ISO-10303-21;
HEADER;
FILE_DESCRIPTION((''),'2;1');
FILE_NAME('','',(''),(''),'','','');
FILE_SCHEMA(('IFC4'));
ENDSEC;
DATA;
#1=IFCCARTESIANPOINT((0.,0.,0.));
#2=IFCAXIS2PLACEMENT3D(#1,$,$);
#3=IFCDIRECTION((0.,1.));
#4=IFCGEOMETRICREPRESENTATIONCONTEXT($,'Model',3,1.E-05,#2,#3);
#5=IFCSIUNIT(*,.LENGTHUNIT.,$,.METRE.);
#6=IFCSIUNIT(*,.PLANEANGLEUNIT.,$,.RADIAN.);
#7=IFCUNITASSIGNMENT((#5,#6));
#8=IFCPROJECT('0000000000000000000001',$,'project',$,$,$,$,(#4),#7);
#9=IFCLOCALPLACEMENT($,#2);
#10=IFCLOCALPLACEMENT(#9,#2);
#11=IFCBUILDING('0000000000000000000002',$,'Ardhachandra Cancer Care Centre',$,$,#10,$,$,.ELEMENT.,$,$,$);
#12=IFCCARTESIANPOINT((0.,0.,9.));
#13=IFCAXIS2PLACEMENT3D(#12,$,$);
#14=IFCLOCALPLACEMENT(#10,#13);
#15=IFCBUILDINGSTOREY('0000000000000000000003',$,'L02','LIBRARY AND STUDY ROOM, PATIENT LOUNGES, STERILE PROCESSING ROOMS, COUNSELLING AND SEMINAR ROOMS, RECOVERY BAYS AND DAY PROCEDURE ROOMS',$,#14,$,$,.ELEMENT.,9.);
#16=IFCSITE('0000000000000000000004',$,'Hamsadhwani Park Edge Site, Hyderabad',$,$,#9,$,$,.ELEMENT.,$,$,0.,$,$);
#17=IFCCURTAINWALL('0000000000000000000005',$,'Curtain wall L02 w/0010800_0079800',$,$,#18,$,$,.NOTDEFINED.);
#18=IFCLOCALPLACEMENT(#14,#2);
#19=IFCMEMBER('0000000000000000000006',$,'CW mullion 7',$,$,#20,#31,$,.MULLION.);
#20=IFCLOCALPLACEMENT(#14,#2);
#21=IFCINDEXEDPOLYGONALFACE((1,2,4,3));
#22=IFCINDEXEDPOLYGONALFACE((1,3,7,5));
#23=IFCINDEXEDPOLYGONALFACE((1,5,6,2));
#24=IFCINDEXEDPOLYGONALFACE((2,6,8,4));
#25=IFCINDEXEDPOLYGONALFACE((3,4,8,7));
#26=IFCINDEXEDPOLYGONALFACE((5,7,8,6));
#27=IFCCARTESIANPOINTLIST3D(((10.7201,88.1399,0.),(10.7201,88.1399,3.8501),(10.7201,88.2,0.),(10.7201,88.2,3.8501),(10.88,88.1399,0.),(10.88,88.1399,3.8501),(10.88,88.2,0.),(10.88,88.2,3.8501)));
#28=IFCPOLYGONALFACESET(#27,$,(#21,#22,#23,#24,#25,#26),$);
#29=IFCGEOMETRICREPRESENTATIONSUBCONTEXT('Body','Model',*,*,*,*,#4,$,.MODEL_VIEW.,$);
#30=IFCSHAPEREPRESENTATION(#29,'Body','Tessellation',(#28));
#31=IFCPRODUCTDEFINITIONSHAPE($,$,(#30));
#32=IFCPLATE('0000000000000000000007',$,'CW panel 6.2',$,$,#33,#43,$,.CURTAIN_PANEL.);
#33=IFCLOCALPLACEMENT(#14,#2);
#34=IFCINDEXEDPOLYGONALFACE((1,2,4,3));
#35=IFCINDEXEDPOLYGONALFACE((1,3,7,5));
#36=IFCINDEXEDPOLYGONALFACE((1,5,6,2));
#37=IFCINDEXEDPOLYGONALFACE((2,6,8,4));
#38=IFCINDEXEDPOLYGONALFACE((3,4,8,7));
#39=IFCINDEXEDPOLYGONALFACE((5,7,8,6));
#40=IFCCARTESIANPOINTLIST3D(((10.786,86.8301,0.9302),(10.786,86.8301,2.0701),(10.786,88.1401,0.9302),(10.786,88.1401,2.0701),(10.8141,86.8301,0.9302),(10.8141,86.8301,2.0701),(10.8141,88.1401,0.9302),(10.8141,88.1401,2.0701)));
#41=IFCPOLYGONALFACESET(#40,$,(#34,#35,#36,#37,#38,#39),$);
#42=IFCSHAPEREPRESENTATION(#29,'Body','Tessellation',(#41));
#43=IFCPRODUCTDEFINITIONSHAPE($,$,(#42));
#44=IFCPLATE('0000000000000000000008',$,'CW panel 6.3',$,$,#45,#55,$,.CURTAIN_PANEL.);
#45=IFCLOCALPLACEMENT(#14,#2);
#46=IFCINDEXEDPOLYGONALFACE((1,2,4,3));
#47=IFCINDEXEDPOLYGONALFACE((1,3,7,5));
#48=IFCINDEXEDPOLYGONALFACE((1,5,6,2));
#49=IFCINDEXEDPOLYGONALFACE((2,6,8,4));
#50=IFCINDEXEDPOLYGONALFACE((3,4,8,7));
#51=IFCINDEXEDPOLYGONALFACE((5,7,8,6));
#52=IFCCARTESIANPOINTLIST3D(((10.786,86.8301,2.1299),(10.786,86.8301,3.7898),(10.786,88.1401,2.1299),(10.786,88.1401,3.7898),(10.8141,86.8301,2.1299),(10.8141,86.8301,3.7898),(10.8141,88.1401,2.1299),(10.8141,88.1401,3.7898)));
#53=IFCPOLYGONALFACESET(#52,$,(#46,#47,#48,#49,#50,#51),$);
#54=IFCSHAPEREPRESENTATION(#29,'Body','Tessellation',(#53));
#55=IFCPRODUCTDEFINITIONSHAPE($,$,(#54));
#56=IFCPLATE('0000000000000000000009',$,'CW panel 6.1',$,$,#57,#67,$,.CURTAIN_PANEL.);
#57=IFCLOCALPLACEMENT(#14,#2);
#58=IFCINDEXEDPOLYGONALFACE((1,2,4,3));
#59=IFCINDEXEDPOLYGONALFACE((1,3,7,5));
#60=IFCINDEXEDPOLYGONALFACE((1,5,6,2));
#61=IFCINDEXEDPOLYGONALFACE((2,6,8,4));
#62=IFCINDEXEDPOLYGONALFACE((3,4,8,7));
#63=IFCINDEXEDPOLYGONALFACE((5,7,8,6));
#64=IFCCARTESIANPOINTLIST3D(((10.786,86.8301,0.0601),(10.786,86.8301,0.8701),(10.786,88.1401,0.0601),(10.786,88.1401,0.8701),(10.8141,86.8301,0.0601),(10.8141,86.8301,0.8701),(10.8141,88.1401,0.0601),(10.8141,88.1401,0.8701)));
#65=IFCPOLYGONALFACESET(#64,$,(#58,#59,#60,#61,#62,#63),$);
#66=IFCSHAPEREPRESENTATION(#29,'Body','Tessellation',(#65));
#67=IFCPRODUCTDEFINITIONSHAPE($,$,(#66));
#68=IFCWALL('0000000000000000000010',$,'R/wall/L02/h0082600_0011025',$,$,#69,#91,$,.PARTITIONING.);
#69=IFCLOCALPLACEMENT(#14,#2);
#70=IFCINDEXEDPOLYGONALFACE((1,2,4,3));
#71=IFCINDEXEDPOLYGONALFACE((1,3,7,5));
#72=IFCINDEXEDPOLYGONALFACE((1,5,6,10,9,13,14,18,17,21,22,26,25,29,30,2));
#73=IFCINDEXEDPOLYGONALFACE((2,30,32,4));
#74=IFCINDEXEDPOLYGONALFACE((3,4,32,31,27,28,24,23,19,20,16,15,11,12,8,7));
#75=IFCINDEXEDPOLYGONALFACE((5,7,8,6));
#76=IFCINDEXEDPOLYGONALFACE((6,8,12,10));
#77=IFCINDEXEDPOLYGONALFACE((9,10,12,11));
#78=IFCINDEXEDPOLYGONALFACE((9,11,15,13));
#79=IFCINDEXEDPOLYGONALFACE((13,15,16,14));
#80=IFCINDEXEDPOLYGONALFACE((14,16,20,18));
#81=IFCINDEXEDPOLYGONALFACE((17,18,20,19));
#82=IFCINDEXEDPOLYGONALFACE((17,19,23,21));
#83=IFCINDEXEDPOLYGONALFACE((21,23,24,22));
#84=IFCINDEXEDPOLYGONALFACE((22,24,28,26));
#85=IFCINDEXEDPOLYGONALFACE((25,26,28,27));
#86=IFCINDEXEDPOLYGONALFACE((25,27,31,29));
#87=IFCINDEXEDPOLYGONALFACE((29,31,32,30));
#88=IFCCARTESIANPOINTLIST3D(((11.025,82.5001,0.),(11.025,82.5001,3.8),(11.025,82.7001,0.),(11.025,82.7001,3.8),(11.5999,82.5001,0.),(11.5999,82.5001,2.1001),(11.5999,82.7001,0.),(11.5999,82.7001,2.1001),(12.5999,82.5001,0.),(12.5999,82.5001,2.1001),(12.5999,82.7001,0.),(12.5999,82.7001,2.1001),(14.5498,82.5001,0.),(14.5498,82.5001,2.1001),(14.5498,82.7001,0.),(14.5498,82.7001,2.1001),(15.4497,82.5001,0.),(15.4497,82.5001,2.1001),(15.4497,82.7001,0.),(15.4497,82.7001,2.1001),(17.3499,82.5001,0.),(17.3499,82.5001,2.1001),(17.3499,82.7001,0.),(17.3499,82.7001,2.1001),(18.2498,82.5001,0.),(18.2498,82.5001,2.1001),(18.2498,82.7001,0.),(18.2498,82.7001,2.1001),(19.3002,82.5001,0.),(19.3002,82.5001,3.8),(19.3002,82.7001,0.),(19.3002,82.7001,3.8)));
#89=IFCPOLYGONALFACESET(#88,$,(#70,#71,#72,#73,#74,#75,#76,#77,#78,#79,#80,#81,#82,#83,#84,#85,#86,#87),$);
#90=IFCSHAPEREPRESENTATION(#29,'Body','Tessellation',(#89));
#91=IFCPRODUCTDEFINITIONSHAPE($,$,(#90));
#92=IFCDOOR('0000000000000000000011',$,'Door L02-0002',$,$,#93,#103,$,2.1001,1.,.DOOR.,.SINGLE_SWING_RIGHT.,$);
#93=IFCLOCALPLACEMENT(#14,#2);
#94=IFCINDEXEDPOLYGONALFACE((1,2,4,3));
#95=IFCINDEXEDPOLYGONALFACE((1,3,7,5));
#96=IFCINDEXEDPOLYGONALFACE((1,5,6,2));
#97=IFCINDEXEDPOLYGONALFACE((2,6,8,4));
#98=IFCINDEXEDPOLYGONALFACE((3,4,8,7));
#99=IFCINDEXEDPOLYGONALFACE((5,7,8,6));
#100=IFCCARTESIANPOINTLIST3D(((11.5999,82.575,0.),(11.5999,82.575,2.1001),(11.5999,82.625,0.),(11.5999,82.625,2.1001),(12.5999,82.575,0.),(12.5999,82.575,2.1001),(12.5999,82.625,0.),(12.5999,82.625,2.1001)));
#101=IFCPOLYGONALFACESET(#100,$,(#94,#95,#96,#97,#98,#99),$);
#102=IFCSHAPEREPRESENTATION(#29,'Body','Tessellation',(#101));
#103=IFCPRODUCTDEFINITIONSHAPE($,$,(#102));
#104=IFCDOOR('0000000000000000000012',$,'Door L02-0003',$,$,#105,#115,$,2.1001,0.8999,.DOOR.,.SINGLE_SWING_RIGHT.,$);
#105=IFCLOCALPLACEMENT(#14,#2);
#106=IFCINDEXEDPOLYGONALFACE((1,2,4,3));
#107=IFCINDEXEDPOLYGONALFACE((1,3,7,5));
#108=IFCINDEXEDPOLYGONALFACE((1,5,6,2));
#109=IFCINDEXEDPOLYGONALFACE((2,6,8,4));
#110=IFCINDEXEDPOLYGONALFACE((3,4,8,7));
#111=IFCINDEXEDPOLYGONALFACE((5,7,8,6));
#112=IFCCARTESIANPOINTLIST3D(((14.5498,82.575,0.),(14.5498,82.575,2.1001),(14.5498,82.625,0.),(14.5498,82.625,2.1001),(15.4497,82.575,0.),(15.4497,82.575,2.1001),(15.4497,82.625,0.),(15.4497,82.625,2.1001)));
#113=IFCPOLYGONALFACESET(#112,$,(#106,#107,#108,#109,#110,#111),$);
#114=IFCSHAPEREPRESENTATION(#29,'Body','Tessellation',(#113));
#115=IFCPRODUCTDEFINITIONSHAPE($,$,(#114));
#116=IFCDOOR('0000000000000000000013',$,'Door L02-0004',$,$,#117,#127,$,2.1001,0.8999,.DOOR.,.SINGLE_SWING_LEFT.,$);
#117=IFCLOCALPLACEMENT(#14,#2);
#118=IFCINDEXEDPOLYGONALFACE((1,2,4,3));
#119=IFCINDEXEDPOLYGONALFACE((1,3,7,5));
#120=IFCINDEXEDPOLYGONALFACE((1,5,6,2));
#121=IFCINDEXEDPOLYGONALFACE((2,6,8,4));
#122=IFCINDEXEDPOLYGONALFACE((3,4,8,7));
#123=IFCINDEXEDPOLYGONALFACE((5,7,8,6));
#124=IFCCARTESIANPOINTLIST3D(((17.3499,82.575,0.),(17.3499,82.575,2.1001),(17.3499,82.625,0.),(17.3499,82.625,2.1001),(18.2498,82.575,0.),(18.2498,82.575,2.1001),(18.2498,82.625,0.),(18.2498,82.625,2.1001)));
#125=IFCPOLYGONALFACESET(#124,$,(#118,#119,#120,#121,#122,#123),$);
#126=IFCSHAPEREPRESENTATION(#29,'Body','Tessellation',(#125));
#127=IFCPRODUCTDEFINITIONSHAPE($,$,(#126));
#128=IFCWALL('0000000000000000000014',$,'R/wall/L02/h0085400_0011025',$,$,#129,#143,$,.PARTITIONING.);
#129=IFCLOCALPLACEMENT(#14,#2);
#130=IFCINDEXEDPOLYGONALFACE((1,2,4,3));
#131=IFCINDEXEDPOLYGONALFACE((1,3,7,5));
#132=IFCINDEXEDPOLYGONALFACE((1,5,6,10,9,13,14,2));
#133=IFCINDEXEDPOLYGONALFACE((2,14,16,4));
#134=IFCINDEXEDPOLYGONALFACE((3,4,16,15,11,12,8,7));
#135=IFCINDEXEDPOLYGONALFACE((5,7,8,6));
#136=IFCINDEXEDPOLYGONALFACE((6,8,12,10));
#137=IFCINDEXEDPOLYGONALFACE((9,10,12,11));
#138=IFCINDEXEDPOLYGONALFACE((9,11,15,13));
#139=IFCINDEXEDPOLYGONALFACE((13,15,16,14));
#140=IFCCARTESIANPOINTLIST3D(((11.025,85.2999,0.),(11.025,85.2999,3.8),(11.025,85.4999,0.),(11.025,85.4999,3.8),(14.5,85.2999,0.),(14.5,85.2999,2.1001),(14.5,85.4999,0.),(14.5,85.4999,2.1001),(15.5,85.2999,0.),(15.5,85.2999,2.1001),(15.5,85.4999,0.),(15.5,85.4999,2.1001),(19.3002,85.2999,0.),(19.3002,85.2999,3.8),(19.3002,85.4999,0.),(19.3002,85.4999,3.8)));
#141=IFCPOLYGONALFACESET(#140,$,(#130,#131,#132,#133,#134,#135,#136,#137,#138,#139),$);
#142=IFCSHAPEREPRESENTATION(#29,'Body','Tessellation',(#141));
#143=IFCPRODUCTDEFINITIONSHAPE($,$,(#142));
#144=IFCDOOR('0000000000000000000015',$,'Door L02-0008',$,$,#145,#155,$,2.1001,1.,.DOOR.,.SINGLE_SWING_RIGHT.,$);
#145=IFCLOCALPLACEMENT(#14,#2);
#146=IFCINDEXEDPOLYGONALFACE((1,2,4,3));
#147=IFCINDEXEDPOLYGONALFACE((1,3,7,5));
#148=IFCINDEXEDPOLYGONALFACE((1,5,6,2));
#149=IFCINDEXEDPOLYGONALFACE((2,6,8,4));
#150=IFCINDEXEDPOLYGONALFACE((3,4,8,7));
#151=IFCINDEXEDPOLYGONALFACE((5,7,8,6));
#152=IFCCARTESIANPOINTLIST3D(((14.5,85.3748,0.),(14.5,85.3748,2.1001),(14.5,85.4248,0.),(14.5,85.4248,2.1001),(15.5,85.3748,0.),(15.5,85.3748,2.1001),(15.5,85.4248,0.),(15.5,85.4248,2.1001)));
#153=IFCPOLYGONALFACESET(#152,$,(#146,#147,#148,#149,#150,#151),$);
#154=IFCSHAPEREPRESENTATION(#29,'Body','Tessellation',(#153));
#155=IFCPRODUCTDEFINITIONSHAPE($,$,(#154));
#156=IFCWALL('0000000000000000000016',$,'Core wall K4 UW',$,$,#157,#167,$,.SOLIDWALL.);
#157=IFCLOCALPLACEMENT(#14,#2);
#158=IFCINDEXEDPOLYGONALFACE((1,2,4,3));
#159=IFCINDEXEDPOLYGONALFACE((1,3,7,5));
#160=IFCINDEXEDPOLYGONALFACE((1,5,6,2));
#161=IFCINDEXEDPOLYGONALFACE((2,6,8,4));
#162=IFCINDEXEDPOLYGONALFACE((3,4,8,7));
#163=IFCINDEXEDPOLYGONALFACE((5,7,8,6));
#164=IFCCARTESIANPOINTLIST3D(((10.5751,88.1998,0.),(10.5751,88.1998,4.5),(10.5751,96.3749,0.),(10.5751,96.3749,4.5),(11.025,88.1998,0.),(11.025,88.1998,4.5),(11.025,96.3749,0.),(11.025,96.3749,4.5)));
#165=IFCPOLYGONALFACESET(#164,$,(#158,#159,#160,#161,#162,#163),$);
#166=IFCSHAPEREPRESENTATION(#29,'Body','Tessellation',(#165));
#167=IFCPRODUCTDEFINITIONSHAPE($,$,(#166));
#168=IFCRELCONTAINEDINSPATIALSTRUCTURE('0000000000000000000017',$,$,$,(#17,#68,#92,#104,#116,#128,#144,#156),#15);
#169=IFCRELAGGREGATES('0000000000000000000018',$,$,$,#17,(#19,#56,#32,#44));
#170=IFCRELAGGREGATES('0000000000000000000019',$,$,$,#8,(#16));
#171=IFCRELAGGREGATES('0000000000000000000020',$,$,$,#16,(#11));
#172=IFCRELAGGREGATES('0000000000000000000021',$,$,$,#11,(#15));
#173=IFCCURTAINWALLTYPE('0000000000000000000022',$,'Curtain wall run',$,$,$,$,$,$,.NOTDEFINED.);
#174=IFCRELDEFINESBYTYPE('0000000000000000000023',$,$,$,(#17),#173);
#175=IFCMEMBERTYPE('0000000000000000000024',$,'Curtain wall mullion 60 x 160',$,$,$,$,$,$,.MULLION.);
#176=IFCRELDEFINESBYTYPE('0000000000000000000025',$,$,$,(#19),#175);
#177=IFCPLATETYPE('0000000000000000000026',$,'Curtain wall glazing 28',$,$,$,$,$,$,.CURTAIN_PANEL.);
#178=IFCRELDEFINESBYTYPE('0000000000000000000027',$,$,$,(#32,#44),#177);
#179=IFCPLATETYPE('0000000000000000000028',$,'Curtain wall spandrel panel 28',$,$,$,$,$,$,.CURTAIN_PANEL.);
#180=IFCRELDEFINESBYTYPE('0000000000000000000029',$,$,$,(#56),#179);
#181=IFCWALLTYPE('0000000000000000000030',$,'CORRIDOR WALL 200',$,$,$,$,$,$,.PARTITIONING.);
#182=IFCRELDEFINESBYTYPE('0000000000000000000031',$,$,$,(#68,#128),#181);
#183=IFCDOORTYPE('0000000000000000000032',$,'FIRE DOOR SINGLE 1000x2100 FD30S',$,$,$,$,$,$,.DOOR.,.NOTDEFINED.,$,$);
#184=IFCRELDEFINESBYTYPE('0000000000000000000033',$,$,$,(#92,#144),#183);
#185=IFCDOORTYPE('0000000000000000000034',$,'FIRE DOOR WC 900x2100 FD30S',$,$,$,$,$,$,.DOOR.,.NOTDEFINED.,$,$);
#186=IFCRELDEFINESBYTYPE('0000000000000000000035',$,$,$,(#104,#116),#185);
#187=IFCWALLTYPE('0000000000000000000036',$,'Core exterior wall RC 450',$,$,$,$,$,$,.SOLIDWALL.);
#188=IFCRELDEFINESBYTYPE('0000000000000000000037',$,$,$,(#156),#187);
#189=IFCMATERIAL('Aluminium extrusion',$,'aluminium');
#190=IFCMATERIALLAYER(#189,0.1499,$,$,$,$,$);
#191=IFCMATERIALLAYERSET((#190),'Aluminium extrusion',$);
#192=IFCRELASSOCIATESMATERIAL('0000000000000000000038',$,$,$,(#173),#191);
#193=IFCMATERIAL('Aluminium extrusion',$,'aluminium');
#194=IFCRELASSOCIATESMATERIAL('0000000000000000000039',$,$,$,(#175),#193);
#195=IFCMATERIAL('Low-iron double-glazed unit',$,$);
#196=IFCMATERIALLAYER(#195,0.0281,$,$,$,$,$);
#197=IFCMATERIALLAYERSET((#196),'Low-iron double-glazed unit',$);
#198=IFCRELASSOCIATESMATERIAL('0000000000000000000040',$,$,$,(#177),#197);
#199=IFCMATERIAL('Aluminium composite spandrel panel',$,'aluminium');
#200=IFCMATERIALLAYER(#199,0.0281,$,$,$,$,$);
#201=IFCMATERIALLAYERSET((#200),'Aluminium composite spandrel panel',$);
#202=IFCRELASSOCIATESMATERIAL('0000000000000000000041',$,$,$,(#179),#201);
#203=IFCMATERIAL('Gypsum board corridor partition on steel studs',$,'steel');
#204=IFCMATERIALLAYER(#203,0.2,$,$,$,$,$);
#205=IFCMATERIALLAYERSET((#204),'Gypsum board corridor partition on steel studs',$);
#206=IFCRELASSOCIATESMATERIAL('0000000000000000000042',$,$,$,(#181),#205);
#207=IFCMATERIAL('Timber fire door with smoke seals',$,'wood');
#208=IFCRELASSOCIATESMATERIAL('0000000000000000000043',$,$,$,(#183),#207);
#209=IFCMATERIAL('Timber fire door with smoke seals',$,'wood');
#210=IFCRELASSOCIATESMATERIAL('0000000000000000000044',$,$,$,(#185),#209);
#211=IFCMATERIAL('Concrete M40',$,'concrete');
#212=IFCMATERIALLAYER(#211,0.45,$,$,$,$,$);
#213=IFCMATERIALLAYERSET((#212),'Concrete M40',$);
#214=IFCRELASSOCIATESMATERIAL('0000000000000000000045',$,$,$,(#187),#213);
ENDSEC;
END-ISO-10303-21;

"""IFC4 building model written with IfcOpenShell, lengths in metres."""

from ifc_helpers import new_model, si_unit, direction, frame, frame_2d, origin, origin_2d, place, context, subcontext, project, spatial, rectangle, extrude, material, layer, layer_set, material_profile, profile_set, type_object, element, fill, aggregate, save


model = new_model("IFC4")

# Units and contexts
model_context = context("Model", 3, precision=1e-05, world=origin(), true_north=direction((0.0, 1.0)))
body_context = subcontext(model_context, "Body", "Model", "MODEL_VIEW")
ifc_project = project(units=[si_unit("LENGTHUNIT", "METRE"), si_unit("PLANEANGLEUNIT", "RADIAN")], contexts=[model_context])

# Site, building, storey
site_placement = place(None, origin())
site = spatial("IfcSite", under=ifc_project, at=site_placement, Name="Hamsadhwani Park Edge Site, Hyderabad", CompositionType="ELEMENT", RefElevation=0.0)
building_placement = place(site_placement, origin())
building = spatial("IfcBuilding", under=site, at=building_placement, Name="Ardhachandra Cancer Care Centre", CompositionType="ELEMENT")
storey_placement = place(building_placement, frame((0.0, 0.0, 9.0)))
storey = spatial("IfcBuildingStorey", under=building, at=storey_placement, Name="L02", Description="LIBRARY AND STUDY ROOM, PATIENT LOUNGES, STERILE PROCESSING ROOMS, COUNSELLING AND SEMINAR ROOMS, RECOVERY BAYS AND DAY PROCEDURE ROOMS", CompositionType="ELEMENT", Elevation=9.0)

# Curtain wall, member, plates
ifc_material_1 = material(Name="Aluminium extrusion", Category="aluminium")
ifc_layer_1 = layer(ifc_material_1, 0.1499)
ifc_layer_set_1 = layer_set([ifc_layer_1], Name="Aluminium extrusion")
curtain_wall_type = type_object("IfcCurtainWallType", Name="Curtain wall run", PredefinedType="NOTDEFINED", material=ifc_layer_set_1)
curtain_wall_placement = place(storey_placement, origin())
curtain_wall = element("IfcCurtainWall", 1, at=curtain_wall_placement, inside=storey, type_object=curtain_wall_type, Name="Curtain wall L02 w/0010800_0079800", PredefinedType="NOTDEFINED")
ifc_material_2 = material(Name="Aluminium extrusion", Category="aluminium")
ifc_material_profile = material_profile(ifc_material_2, rectangle(XDim=0.1599, YDim=0.0601, at=origin_2d()), Name="Curtain wall mullion 60 x 160")
ifc_profile_set = profile_set([ifc_material_profile], Name="Aluminium extrusion")
member_type = type_object("IfcMemberType", Name="Curtain wall mullion 60 x 160", PredefinedType="MULLION", material=ifc_profile_set)
member_placement = place(storey_placement, frame((10.8, 88.1699, 0.0), z_axis=(0.0, 0.0, 1.0), x_axis=(-1.0, 0.0, 0.0)))
member = element("IfcMember", 2, at=member_placement, type_object=member_type, Name="CW mullion 7", PredefinedType="MULLION", context=body_context, shape_type="SweptSolid", body=[
    extrude(rectangle(XDim=0.1599, YDim=0.0601, at=origin_2d()), origin(), (0.0, 0.0, 1.0), 3.8501),
])
ifc_material_3 = material(Name="Low-iron double-glazed unit")
ifc_layer_2 = layer(ifc_material_3, 0.0281)
ifc_layer_set_2 = layer_set([ifc_layer_2], Name="Low-iron double-glazed unit")
plate_type_1 = type_object("IfcPlateType", Name="Curtain wall glazing 28", PredefinedType="CURTAIN_PANEL", material=ifc_layer_set_2)
plate_1_placement = place(storey_placement, frame((10.8, 87.4851, 0.9302), z_axis=(0.0, 0.0, 1.0), x_axis=(0.0, 1.0, 0.0)))
plate_1 = element("IfcPlate", 3, at=plate_1_placement, type_object=plate_type_1, Name="CW panel 6.2", PredefinedType="CURTAIN_PANEL", context=body_context, shape_type="SweptSolid", body=[
    extrude(rectangle(XDim=1.3101, YDim=0.0281, at=origin_2d()), origin(), (0.0, 0.0, 1.0), 1.1399),
])
plate_2_placement = place(storey_placement, frame((10.8, 87.4851, 2.1299), z_axis=(0.0, 0.0, 1.0), x_axis=(0.0, 1.0, 0.0)))
plate_2 = element("IfcPlate", 4, at=plate_2_placement, type_object=plate_type_1, Name="CW panel 6.3", PredefinedType="CURTAIN_PANEL", context=body_context, shape_type="SweptSolid", body=[
    extrude(rectangle(XDim=1.3101, YDim=0.0281, at=origin_2d()), origin(), (0.0, 0.0, 1.0), 1.6599),
])
ifc_material_4 = material(Name="Aluminium composite spandrel panel", Category="aluminium")
ifc_layer_3 = layer(ifc_material_4, 0.0281)
ifc_layer_set_3 = layer_set([ifc_layer_3], Name="Aluminium composite spandrel panel")
plate_type_2 = type_object("IfcPlateType", Name="Curtain wall spandrel panel 28", PredefinedType="CURTAIN_PANEL", material=ifc_layer_set_3)
plate_3_placement = place(storey_placement, frame((10.8, 87.4851, 0.0601), z_axis=(0.0, 0.0, 1.0), x_axis=(0.0, 1.0, 0.0)))
plate_3 = element("IfcPlate", 5, at=plate_3_placement, type_object=plate_type_2, Name="CW panel 6.1", PredefinedType="CURTAIN_PANEL", context=body_context, shape_type="SweptSolid", body=[
    extrude(rectangle(XDim=1.3101, YDim=0.0281, at=origin_2d()), origin(), (0.0, 0.0, 1.0), 0.8101),
])
aggregate(curtain_wall, [member, plate_3, plate_1, plate_2])

# Wall, openings, doors
ifc_material_5 = material(Name="Gypsum board corridor partition on steel studs", Category="steel")
ifc_layer_4 = layer(ifc_material_5, 0.2)
ifc_layer_set_4 = layer_set([ifc_layer_4], Name="Gypsum board corridor partition on steel studs")
wall_type_1 = type_object("IfcWallType", Name="CORRIDOR WALL 200", PredefinedType="PARTITIONING", material=ifc_layer_set_4)
wall_1_placement = place(storey_placement, frame((11.0249, 82.6001, 0.0), z_axis=(0.0, 0.0, 1.0), x_axis=(1.0, 0.0, 0.0)))
wall_1 = element("IfcWall", 6, at=wall_1_placement, inside=storey, type_object=wall_type_1, Name="R/wall/L02/h0082600_0011025", PredefinedType="PARTITIONING", context=body_context, shape_type="SweptSolid", body=[
    extrude(rectangle(XDim=8.2751, YDim=0.2, at=frame_2d((4.1377, 0.0))), origin(), (0.0, 0.0, 1.0), 3.8),
])
opening_1_placement = place(wall_1_placement, frame((0.575, 0.0, 0.0)))
opening_1 = element("IfcOpeningElement", 7, at=opening_1_placement, cuts=wall_1, PredefinedType="OPENING", context=body_context, shape_type="SweptSolid", body=[
    extrude(rectangle(XDim=1.0, YDim=2.1001, at=frame_2d((0.5, 1.05))), frame((0.0, 0.1099, 0.0), z_axis=(0.0, -1.0, 0.0), x_axis=(1.0, 0.0, 0.0)), (0.0, 0.0, 1.0), 0.22),
])
opening_2_placement = place(wall_1_placement, frame((3.5249, 0.0, 0.0)))
opening_2 = element("IfcOpeningElement", 8, at=opening_2_placement, cuts=wall_1, PredefinedType="OPENING", context=body_context, shape_type="SweptSolid", body=[
    extrude(rectangle(XDim=0.8999, YDim=2.1001, at=frame_2d((0.45, 1.05))), frame((0.0, 0.1099, 0.0), z_axis=(0.0, -1.0, 0.0), x_axis=(1.0, 0.0, 0.0)), (0.0, 0.0, 1.0), 0.22),
])
opening_3_placement = place(wall_1_placement, frame((6.325, 0.0, 0.0)))
opening_3 = element("IfcOpeningElement", 9, at=opening_3_placement, cuts=wall_1, PredefinedType="OPENING", context=body_context, shape_type="SweptSolid", body=[
    extrude(rectangle(XDim=0.8999, YDim=2.1001, at=frame_2d((0.45, 1.05))), frame((0.0, 0.1099, 0.0), z_axis=(0.0, -1.0, 0.0), x_axis=(1.0, 0.0, 0.0)), (0.0, 0.0, 1.0), 0.22),
])
ifc_material_6 = material(Name="Timber fire door with smoke seals", Category="wood")
door_type_1 = type_object("IfcDoorType", Name="FIRE DOOR SINGLE 1000x2100 FD30S", OperationType="NOTDEFINED", PredefinedType="DOOR", material=ifc_material_6)
door_1_placement = place(opening_1_placement, origin())
door_1 = element("IfcDoor", 10, at=door_1_placement, inside=storey, type_object=door_type_1, Name="Door L02-0002", OperationType="SINGLE_SWING_RIGHT", OverallHeight=2.1001, OverallWidth=1.0, PredefinedType="DOOR", context=body_context, shape_type="SweptSolid", body=[
    extrude(rectangle(XDim=1.0, YDim=2.1001, at=frame_2d((0.5, 1.05))), frame((0.0, 0.0249, 0.0), z_axis=(0.0, -1.0, 0.0), x_axis=(1.0, 0.0, 0.0)), (0.0, 0.0, 1.0), 0.05),
])
fill(opening_1, door_1)
ifc_material_7 = material(Name="Timber fire door with smoke seals", Category="wood")
door_type_2 = type_object("IfcDoorType", Name="FIRE DOOR WC 900x2100 FD30S", OperationType="NOTDEFINED", PredefinedType="DOOR", material=ifc_material_7)
door_2_placement = place(opening_2_placement, origin())
door_2 = element("IfcDoor", 11, at=door_2_placement, inside=storey, type_object=door_type_2, Name="Door L02-0003", OperationType="SINGLE_SWING_RIGHT", OverallHeight=2.1001, OverallWidth=0.8999, PredefinedType="DOOR", context=body_context, shape_type="SweptSolid", body=[
    extrude(rectangle(XDim=0.8999, YDim=2.1001, at=frame_2d((0.45, 1.05))), frame((0.0, 0.0249, 0.0), z_axis=(0.0, -1.0, 0.0), x_axis=(1.0, 0.0, 0.0)), (0.0, 0.0, 1.0), 0.05),
])
fill(opening_2, door_2)
door_3_placement = place(opening_3_placement, origin())
door_3 = element("IfcDoor", 12, at=door_3_placement, inside=storey, type_object=door_type_2, Name="Door L02-0004", OperationType="SINGLE_SWING_LEFT", OverallHeight=2.1001, OverallWidth=0.8999, PredefinedType="DOOR", context=body_context, shape_type="SweptSolid", body=[
    extrude(rectangle(XDim=0.8999, YDim=2.1001, at=frame_2d((0.45, 1.05))), frame((0.0, 0.0249, 0.0), z_axis=(0.0, -1.0, 0.0), x_axis=(1.0, 0.0, 0.0)), (0.0, 0.0, 1.0), 0.05),
])
fill(opening_3, door_3)

# Wall, opening, door
wall_2_placement = place(storey_placement, frame((11.0249, 85.3999, 0.0), z_axis=(0.0, 0.0, 1.0), x_axis=(1.0, 0.0, 0.0)))
wall_2 = element("IfcWall", 13, at=wall_2_placement, inside=storey, type_object=wall_type_1, Name="R/wall/L02/h0085400_0011025", PredefinedType="PARTITIONING", context=body_context, shape_type="SweptSolid", body=[
    extrude(rectangle(XDim=8.2751, YDim=0.2, at=frame_2d((4.1377, 0.0))), origin(), (0.0, 0.0, 1.0), 3.8),
])
opening_4_placement = place(wall_2_placement, frame((3.4751, 0.0, 0.0)))
opening_4 = element("IfcOpeningElement", 14, at=opening_4_placement, cuts=wall_2, PredefinedType="OPENING", context=body_context, shape_type="SweptSolid", body=[
    extrude(rectangle(XDim=1.0, YDim=2.1001, at=frame_2d((0.5, 1.05))), frame((0.0, 0.1099, 0.0), z_axis=(0.0, -1.0, 0.0), x_axis=(1.0, 0.0, 0.0)), (0.0, 0.0, 1.0), 0.22),
])
door_4_placement = place(opening_4_placement, origin())
door_4 = element("IfcDoor", 15, at=door_4_placement, inside=storey, type_object=door_type_1, Name="Door L02-0008", OperationType="SINGLE_SWING_RIGHT", OverallHeight=2.1001, OverallWidth=1.0, PredefinedType="DOOR", context=body_context, shape_type="SweptSolid", body=[
    extrude(rectangle(XDim=1.0, YDim=2.1001, at=frame_2d((0.5, 1.05))), frame((0.0, 0.0249, 0.0), z_axis=(0.0, -1.0, 0.0), x_axis=(1.0, 0.0, 0.0)), (0.0, 0.0, 1.0), 0.05),
])
fill(opening_4, door_4)

# Wall
ifc_material_8 = material(Name="Concrete M40", Category="concrete")
ifc_layer_5 = layer(ifc_material_8, 0.45)
ifc_layer_set_5 = layer_set([ifc_layer_5], Name="Concrete M40")
wall_type_2 = type_object("IfcWallType", Name="Core exterior wall RC 450", PredefinedType="SOLIDWALL", material=ifc_layer_set_5)
wall_3_placement = place(storey_placement, frame((10.8, 88.2, 0.0), z_axis=(0.0, 0.0, 1.0), x_axis=(0.0, 1.0, 0.0)))
element("IfcWall", 16, at=wall_3_placement, inside=storey, type_object=wall_type_2, Name="Core wall K4 UW", PredefinedType="SOLIDWALL", context=body_context, shape_type="SweptSolid", body=[
    extrude(rectangle(XDim=8.175, YDim=0.45, at=frame_2d((4.0874, 0.0))), origin(), (0.0, 0.0, 1.0), 4.5),
])

save(model, "model.ifc")
